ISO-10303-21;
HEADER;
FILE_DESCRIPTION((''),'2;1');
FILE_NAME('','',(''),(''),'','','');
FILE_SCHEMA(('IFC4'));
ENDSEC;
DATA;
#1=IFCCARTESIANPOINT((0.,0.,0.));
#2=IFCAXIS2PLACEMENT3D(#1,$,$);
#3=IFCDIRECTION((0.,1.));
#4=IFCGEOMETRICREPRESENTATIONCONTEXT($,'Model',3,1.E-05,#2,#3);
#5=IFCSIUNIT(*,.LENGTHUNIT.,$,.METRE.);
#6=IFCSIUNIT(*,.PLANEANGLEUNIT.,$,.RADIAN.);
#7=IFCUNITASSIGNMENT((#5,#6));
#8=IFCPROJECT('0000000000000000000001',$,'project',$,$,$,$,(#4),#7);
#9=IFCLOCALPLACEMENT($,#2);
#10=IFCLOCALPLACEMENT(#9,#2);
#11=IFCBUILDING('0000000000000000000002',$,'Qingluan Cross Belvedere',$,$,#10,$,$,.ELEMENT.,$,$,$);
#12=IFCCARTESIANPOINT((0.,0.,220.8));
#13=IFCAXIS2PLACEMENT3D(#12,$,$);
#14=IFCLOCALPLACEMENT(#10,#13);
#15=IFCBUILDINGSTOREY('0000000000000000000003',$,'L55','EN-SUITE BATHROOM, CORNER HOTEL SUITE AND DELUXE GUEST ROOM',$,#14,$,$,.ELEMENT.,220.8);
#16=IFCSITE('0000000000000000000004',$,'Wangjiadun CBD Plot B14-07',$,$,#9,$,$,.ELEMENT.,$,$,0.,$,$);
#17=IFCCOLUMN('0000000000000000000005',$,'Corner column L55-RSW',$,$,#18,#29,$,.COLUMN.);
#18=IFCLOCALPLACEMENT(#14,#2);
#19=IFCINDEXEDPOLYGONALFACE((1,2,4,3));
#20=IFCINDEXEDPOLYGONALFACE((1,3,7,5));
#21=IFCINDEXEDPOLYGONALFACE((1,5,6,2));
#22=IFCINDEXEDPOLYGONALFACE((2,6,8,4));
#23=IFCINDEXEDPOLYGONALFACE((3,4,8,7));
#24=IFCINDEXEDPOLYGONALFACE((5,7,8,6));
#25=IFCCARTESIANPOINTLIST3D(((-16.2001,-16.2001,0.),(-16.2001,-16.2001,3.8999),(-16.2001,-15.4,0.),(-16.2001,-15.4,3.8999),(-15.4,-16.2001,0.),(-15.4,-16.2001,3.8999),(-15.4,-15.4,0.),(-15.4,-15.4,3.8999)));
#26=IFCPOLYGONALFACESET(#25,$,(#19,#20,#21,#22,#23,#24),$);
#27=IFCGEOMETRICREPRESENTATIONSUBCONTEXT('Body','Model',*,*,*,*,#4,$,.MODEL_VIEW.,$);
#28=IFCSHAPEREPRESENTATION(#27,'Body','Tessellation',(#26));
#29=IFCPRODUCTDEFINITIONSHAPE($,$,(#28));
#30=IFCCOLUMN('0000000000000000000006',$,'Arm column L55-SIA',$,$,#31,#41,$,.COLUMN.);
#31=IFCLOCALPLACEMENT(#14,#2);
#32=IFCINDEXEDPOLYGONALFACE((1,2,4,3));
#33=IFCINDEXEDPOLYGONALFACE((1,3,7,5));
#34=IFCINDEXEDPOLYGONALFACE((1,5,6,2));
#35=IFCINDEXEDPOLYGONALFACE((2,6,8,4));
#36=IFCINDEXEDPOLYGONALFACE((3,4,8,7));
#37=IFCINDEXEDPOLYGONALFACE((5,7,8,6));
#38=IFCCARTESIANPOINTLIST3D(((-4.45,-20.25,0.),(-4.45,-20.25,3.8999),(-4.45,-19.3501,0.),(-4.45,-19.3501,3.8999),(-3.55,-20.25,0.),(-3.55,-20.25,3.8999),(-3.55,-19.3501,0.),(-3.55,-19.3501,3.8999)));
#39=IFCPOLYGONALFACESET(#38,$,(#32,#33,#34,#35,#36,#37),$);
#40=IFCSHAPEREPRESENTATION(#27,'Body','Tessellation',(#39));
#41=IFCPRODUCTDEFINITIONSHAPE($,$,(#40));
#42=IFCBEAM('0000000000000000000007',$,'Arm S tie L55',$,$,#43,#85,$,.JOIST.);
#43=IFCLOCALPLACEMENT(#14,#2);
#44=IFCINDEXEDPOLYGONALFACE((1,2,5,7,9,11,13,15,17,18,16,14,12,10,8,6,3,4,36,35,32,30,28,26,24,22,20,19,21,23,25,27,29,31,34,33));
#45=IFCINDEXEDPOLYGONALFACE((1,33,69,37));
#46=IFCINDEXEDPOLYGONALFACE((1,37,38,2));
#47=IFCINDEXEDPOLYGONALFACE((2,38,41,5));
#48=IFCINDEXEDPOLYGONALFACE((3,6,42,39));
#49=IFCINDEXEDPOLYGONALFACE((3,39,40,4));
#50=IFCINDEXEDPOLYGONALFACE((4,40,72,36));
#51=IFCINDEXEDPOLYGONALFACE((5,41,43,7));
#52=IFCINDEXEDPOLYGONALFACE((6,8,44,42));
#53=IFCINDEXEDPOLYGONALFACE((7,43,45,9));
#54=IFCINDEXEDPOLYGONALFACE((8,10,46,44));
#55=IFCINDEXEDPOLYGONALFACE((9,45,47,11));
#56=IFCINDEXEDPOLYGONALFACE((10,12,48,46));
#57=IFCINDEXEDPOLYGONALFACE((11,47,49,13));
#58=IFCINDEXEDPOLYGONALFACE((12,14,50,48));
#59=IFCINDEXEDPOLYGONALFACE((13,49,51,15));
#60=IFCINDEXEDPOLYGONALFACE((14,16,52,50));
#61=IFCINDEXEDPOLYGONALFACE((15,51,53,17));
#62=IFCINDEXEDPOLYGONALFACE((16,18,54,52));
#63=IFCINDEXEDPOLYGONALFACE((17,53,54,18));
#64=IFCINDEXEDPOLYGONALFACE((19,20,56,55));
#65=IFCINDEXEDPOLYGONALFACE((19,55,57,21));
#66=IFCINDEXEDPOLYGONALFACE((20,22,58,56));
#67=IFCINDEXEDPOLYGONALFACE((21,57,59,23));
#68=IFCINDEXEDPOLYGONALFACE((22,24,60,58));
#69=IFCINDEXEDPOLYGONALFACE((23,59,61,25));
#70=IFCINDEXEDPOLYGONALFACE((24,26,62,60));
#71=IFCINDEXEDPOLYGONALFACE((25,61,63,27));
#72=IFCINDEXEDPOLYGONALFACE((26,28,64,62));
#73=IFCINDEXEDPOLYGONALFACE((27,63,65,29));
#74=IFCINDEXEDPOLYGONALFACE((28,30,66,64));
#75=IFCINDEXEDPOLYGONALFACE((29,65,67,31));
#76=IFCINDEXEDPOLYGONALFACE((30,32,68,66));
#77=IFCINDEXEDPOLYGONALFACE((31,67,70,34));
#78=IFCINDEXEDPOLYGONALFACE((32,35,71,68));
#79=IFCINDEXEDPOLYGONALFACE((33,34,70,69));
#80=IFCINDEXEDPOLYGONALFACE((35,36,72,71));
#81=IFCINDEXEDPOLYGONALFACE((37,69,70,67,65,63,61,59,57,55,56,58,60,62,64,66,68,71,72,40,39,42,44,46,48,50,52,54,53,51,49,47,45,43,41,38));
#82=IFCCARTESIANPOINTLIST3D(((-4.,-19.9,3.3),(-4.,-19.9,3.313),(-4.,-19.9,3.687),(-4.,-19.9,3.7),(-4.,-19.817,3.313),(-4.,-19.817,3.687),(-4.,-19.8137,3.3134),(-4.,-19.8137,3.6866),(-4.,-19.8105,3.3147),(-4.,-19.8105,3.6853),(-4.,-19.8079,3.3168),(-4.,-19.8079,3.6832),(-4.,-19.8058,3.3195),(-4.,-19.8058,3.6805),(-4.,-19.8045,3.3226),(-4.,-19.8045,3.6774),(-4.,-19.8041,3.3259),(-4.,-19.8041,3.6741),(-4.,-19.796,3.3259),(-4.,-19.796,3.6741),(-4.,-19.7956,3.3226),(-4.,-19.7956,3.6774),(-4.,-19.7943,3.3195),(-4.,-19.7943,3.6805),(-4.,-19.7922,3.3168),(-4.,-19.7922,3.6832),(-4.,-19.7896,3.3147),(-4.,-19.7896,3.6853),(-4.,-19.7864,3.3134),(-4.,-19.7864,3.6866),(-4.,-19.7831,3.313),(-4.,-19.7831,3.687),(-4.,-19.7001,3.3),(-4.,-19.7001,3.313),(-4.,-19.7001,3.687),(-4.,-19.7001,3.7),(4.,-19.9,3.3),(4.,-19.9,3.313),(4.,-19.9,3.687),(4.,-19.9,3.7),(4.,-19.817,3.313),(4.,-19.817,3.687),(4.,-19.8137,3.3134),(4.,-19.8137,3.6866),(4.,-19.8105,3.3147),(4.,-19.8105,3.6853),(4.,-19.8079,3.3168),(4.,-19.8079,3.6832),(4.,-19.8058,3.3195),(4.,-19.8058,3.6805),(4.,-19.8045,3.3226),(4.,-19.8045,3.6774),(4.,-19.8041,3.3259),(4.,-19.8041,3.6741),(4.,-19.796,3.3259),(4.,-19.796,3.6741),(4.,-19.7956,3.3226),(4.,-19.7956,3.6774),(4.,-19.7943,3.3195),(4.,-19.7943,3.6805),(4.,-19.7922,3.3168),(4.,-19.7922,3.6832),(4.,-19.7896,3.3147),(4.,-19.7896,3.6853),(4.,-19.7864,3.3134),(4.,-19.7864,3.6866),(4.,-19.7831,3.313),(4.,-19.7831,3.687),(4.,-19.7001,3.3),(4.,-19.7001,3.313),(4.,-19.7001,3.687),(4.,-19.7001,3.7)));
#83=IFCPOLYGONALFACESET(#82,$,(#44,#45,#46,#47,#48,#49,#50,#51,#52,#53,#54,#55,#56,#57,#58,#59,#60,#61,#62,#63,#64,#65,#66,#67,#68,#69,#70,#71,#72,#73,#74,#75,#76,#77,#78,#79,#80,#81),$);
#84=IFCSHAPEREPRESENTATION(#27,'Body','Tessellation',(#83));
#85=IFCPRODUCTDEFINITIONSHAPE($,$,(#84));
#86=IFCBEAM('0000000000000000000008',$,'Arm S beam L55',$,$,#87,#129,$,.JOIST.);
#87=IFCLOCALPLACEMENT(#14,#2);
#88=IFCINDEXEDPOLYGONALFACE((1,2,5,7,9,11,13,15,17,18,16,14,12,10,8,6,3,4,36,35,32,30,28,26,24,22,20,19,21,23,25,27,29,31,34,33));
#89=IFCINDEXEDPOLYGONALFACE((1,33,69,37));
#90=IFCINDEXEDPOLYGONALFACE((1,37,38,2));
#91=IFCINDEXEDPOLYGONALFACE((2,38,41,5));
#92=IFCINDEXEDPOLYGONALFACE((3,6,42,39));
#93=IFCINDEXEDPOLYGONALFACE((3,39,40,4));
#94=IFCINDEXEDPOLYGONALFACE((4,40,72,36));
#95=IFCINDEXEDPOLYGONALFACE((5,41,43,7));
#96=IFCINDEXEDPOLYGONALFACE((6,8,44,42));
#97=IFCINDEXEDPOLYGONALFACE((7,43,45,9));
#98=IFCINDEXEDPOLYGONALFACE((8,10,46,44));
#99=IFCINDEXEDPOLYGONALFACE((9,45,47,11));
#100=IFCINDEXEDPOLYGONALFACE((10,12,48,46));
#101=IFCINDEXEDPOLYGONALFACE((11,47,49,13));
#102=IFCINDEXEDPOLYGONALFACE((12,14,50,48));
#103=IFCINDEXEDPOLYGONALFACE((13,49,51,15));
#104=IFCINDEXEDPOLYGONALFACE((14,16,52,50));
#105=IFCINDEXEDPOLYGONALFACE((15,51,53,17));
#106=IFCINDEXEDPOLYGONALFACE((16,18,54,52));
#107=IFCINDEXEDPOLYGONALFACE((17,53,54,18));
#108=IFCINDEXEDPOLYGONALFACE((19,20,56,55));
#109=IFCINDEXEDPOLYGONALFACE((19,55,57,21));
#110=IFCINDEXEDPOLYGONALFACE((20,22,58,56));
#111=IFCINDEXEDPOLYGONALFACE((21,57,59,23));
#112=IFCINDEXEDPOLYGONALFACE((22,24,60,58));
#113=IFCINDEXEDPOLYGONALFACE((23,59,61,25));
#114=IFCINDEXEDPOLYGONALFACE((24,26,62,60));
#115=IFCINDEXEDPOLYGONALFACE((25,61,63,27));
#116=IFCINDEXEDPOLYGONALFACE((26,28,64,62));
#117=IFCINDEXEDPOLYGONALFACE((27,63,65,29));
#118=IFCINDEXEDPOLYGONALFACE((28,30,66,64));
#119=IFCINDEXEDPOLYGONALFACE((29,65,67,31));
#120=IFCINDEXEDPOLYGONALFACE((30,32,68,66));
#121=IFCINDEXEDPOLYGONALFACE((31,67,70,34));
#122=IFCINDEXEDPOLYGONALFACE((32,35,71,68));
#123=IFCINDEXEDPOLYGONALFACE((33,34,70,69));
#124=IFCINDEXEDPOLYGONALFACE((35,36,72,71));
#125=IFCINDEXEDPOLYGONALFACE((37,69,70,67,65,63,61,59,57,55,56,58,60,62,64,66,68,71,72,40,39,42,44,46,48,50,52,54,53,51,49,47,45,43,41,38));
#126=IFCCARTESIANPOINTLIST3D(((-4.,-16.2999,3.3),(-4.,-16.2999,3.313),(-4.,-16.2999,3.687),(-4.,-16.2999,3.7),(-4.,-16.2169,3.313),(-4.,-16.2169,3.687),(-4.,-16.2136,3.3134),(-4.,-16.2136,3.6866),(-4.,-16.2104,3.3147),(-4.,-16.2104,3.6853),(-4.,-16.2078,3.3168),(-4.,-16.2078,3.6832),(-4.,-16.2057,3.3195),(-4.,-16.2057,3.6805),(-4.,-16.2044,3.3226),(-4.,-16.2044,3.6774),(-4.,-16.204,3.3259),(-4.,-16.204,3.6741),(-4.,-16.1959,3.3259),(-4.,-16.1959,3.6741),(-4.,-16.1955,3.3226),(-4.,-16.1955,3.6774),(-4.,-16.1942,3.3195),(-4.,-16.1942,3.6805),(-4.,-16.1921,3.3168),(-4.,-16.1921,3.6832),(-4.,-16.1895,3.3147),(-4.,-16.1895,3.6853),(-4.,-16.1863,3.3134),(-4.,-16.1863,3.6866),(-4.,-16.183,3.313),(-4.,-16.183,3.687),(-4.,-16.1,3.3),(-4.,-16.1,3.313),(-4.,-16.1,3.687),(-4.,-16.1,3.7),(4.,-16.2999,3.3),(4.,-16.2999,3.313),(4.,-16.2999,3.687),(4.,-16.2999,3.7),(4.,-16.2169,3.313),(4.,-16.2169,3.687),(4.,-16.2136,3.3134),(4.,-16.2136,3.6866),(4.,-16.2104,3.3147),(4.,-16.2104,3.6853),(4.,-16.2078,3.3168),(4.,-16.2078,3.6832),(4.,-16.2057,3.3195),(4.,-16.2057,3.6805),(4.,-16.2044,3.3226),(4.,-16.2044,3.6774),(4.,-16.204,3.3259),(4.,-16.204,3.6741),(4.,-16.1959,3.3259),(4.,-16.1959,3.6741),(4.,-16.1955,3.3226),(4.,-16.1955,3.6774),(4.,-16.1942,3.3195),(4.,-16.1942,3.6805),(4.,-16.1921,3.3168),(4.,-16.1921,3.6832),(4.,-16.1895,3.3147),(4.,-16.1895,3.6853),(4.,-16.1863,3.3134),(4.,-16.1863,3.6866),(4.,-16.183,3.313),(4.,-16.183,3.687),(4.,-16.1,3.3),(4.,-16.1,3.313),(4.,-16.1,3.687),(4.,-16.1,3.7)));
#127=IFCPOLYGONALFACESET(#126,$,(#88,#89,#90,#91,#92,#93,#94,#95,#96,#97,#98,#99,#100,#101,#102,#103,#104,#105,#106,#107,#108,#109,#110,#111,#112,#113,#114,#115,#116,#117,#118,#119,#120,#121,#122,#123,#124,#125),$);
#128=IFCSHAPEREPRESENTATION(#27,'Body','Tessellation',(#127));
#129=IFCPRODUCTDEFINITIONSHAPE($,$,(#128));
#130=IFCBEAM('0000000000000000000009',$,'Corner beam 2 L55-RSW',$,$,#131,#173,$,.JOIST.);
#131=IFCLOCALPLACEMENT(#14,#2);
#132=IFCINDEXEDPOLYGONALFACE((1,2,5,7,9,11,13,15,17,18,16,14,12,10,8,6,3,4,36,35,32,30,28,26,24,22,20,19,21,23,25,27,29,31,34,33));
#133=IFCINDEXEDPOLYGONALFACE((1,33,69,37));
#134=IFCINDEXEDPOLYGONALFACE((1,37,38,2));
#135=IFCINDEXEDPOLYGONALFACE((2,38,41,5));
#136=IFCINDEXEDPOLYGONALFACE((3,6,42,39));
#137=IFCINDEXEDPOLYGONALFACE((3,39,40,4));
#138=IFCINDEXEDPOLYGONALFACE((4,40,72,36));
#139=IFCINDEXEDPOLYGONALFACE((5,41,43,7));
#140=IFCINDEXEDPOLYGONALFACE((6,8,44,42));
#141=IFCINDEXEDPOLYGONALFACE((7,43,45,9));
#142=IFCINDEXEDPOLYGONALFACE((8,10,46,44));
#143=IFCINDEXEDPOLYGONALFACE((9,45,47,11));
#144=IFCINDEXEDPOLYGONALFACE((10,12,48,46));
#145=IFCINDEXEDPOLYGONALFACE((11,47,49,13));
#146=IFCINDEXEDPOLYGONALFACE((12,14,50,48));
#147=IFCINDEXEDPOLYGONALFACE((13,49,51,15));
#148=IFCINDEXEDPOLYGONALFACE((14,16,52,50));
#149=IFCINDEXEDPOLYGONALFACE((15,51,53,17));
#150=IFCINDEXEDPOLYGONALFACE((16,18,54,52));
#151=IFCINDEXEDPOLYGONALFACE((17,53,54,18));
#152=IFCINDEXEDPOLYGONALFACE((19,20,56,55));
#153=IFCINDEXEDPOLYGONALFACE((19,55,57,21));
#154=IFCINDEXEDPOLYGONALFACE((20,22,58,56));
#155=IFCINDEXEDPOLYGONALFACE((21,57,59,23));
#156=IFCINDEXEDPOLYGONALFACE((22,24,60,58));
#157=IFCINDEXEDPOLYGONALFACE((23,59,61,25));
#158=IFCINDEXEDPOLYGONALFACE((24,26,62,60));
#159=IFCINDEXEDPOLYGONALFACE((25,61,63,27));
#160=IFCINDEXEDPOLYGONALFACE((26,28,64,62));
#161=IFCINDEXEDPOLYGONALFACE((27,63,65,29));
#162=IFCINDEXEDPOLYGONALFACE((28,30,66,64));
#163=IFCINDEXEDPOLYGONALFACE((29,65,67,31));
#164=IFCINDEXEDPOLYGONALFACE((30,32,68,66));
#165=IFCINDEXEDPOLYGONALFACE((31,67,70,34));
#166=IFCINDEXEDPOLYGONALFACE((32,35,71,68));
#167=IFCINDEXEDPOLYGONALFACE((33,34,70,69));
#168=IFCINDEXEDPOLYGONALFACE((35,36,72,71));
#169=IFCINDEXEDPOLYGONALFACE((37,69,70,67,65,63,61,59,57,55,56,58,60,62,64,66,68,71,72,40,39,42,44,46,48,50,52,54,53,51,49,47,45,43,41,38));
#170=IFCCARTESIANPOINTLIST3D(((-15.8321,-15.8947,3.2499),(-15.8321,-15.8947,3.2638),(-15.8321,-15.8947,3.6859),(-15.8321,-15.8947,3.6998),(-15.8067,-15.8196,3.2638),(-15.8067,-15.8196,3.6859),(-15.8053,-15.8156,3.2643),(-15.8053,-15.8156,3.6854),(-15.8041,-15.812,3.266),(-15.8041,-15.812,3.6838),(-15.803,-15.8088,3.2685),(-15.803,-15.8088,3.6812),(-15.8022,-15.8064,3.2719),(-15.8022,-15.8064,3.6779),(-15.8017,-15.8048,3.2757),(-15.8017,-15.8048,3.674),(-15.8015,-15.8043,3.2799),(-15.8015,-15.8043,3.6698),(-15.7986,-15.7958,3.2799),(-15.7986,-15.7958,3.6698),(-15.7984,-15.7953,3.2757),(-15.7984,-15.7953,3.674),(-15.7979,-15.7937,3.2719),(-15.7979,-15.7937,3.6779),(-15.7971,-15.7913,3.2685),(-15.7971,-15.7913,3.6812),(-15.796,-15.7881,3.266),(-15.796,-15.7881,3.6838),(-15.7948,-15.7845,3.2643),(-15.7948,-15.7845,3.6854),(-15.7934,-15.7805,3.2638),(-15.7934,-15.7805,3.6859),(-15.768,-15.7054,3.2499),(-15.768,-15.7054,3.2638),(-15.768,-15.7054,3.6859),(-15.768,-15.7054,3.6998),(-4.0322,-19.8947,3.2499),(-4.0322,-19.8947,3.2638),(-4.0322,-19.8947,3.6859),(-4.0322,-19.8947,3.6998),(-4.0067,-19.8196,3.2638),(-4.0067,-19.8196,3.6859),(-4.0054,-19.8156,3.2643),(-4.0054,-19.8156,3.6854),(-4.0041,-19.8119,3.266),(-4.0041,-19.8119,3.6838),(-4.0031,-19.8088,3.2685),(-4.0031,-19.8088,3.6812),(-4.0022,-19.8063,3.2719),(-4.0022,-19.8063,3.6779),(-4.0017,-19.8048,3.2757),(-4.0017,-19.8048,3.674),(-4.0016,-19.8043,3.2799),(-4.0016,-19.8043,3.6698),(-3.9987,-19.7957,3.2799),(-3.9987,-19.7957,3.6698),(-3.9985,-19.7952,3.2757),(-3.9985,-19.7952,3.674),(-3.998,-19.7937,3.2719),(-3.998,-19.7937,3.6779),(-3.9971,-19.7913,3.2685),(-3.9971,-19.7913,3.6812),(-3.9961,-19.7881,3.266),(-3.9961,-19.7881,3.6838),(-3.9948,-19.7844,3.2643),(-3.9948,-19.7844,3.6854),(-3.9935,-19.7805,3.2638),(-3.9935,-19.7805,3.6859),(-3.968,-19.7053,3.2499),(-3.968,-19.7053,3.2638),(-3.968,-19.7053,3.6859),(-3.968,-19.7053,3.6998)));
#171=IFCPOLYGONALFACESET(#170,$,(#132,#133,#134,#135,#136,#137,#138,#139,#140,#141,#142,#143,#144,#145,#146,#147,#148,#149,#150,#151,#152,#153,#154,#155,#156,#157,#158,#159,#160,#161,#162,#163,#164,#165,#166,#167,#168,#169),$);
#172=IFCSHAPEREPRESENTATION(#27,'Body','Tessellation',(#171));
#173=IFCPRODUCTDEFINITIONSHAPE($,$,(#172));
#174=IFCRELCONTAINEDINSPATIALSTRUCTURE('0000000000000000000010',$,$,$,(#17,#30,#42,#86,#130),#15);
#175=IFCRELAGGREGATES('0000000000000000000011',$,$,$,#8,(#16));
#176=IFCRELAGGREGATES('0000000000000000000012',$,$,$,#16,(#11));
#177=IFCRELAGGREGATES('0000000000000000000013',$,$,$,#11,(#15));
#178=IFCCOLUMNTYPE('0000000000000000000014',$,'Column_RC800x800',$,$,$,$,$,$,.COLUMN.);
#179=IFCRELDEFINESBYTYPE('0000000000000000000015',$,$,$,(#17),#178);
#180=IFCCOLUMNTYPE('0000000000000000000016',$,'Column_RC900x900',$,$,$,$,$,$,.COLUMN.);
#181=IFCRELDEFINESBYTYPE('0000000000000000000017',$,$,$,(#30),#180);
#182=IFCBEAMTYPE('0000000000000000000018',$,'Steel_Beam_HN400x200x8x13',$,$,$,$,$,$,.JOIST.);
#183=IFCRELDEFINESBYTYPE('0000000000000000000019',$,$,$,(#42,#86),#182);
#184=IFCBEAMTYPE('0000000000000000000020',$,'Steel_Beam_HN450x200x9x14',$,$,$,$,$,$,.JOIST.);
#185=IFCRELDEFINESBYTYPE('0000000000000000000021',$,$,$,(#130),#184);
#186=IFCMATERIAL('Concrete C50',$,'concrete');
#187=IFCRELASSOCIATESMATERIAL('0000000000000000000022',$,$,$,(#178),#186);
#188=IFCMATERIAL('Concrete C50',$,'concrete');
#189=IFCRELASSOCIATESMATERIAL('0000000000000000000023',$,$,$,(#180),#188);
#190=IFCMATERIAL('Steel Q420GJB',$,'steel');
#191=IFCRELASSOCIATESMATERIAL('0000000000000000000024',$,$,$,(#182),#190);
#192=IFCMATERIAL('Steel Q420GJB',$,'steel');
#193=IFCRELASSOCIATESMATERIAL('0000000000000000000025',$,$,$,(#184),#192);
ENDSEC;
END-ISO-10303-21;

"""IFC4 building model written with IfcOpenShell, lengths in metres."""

from ifc_helpers import new_model, si_unit, direction, frame, origin, origin_2d, place, context, subcontext, project, spatial, rectangle, i_section, extrude, material, material_profile, profile_set, type_object, element, save


model = new_model("IFC4")

# Units and contexts
model_context = context("Model", 3, precision=1e-05, world=origin(), true_north=direction((0.0, 1.0)))
body_context = subcontext(model_context, "Body", "Model", "MODEL_VIEW")
ifc_project = project(units=[si_unit("LENGTHUNIT", "METRE"), si_unit("PLANEANGLEUNIT", "RADIAN")], contexts=[model_context])

# Site, building, storey
site_placement = place(None, origin())
site = spatial("IfcSite", under=ifc_project, at=site_placement, Name="Wangjiadun CBD Plot B14-07", CompositionType="ELEMENT", RefElevation=0.0)
building_placement = place(site_placement, origin())
building = spatial("IfcBuilding", under=site, at=building_placement, Name="Qingluan Cross Belvedere", CompositionType="ELEMENT")
storey_placement = place(building_placement, frame((0.0, 0.0, 220.8)))
storey = spatial("IfcBuildingStorey", under=building, at=storey_placement, Name="L55", Description="EN-SUITE BATHROOM, CORNER HOTEL SUITE AND DELUXE GUEST ROOM", CompositionType="ELEMENT", Elevation=220.8)

# Columns
ifc_material_1 = material(Name="Concrete C50", Category="concrete")
ifc_material_profile_1 = material_profile(ifc_material_1, rectangle(XDim=0.8, YDim=0.8, at=origin_2d()), Name="RC800x800")
ifc_profile_set_1 = profile_set([ifc_material_profile_1], Name="Concrete C50")
column_type_1 = type_object("IfcColumnType", Name="Column_RC800x800", PredefinedType="COLUMN", material=ifc_profile_set_1)
column_1_placement = place(storey_placement, frame((-15.8, -15.8, 0.0), z_axis=(0.0, 0.0, 1.0), x_axis=(1.0, 0.0, 0.0)))
element("IfcColumn", 1, at=column_1_placement, inside=storey, type_object=column_type_1, Name="Corner column L55-RSW", PredefinedType="COLUMN", context=body_context, shape_type="SweptSolid", body=[
    extrude(rectangle(XDim=0.8, YDim=0.8, at=origin_2d()), origin(), (0.0, 0.0, 1.0), 3.8999),
])
ifc_material_2 = material(Name="Concrete C50", Category="concrete")
ifc_material_profile_2 = material_profile(ifc_material_2, rectangle(XDim=0.8999, YDim=0.8999, at=origin_2d()), Name="RC900x900")
ifc_profile_set_2 = profile_set([ifc_material_profile_2], Name="Concrete C50")
column_type_2 = type_object("IfcColumnType", Name="Column_RC900x900", PredefinedType="COLUMN", material=ifc_profile_set_2)
column_2_placement = place(storey_placement, frame((-4.0, -19.8, 0.0), z_axis=(0.0, 0.0, 1.0), x_axis=(1.0, 0.0, 0.0)))
element("IfcColumn", 2, at=column_2_placement, inside=storey, type_object=column_type_2, Name="Arm column L55-SIA", PredefinedType="COLUMN", context=body_context, shape_type="SweptSolid", body=[
    extrude(rectangle(XDim=0.8999, YDim=0.8999, at=origin_2d()), origin(), (0.0, 0.0, 1.0), 3.8999),
])

# Beams
ifc_material_3 = material(Name="Steel Q420GJB", Category="steel")
ifc_material_profile_3 = material_profile(ifc_material_3, i_section(OverallWidth=0.2, OverallDepth=0.3999, WebThickness=0.0081, FlangeThickness=0.0129, FilletRadius=0.0129, at=origin_2d()), Name="HN400x200x8x13")
ifc_profile_set_3 = profile_set([ifc_material_profile_3], Name="Steel Q420GJB")
beam_type_1 = type_object("IfcBeamType", Name="Steel_Beam_HN400x200x8x13", PredefinedType="JOIST", material=ifc_profile_set_3)
for number, where, z_axis, x_axis, name in (
    (3, (-4.0, -19.8, 3.5), (1.0, 0.0, 0.0), (0.0, 1.0, 0.0), "Arm S tie L55"),
    (4, (-4.0, -16.2, 3.5), (1.0, 0.0, 0.0), (0.0, 1.0, 0.0), "Arm S beam L55"),
):
    element("IfcBeam", number, at=place(storey_placement, frame(where, z_axis=z_axis, x_axis=x_axis)), inside=storey, type_object=beam_type_1, Name=name, PredefinedType="JOIST", context=body_context, shape_type="SweptSolid", body=[
        extrude(i_section(OverallWidth=0.2, OverallDepth=0.3999, WebThickness=0.0081, FlangeThickness=0.0129, FilletRadius=0.0129, at=origin_2d()), origin(), (0.0, 0.0, 1.0), 8.0),
    ])
ifc_material_4 = material(Name="Steel Q420GJB", Category="steel")
ifc_material_profile_4 = material_profile(ifc_material_4, i_section(OverallWidth=0.2, OverallDepth=0.45, WebThickness=0.009, FlangeThickness=0.0139, FilletRadius=0.0161, at=origin_2d()), Name="HN450x200x9x14")
ifc_profile_set_4 = profile_set([ifc_material_profile_4], Name="Steel Q420GJB")
beam_type_2 = type_object("IfcBeamType", Name="Steel_Beam_HN450x200x9x14", PredefinedType="JOIST", material=ifc_profile_set_4)
for number, where, z_axis, x_axis, name in (
    (5, (-15.8, -15.8, 3.4749), (0.947066, -0.321038, 0.0), (0.321038, 0.947066, 0.0), "Corner beam 2 L55-RSW"),
):
    element("IfcBeam", number, at=place(storey_placement, frame(where, z_axis=z_axis, x_axis=x_axis)), inside=storey, type_object=beam_type_2, Name=name, PredefinedType="JOIST", context=body_context, shape_type="SweptSolid", body=[
        extrude(i_section(OverallWidth=0.2, OverallDepth=0.45, WebThickness=0.009, FlangeThickness=0.0139, FilletRadius=0.0161, at=origin_2d()), origin(), (0.0, 0.0, 1.0), 12.4595),
    ])

save(model, "model.ifc")
